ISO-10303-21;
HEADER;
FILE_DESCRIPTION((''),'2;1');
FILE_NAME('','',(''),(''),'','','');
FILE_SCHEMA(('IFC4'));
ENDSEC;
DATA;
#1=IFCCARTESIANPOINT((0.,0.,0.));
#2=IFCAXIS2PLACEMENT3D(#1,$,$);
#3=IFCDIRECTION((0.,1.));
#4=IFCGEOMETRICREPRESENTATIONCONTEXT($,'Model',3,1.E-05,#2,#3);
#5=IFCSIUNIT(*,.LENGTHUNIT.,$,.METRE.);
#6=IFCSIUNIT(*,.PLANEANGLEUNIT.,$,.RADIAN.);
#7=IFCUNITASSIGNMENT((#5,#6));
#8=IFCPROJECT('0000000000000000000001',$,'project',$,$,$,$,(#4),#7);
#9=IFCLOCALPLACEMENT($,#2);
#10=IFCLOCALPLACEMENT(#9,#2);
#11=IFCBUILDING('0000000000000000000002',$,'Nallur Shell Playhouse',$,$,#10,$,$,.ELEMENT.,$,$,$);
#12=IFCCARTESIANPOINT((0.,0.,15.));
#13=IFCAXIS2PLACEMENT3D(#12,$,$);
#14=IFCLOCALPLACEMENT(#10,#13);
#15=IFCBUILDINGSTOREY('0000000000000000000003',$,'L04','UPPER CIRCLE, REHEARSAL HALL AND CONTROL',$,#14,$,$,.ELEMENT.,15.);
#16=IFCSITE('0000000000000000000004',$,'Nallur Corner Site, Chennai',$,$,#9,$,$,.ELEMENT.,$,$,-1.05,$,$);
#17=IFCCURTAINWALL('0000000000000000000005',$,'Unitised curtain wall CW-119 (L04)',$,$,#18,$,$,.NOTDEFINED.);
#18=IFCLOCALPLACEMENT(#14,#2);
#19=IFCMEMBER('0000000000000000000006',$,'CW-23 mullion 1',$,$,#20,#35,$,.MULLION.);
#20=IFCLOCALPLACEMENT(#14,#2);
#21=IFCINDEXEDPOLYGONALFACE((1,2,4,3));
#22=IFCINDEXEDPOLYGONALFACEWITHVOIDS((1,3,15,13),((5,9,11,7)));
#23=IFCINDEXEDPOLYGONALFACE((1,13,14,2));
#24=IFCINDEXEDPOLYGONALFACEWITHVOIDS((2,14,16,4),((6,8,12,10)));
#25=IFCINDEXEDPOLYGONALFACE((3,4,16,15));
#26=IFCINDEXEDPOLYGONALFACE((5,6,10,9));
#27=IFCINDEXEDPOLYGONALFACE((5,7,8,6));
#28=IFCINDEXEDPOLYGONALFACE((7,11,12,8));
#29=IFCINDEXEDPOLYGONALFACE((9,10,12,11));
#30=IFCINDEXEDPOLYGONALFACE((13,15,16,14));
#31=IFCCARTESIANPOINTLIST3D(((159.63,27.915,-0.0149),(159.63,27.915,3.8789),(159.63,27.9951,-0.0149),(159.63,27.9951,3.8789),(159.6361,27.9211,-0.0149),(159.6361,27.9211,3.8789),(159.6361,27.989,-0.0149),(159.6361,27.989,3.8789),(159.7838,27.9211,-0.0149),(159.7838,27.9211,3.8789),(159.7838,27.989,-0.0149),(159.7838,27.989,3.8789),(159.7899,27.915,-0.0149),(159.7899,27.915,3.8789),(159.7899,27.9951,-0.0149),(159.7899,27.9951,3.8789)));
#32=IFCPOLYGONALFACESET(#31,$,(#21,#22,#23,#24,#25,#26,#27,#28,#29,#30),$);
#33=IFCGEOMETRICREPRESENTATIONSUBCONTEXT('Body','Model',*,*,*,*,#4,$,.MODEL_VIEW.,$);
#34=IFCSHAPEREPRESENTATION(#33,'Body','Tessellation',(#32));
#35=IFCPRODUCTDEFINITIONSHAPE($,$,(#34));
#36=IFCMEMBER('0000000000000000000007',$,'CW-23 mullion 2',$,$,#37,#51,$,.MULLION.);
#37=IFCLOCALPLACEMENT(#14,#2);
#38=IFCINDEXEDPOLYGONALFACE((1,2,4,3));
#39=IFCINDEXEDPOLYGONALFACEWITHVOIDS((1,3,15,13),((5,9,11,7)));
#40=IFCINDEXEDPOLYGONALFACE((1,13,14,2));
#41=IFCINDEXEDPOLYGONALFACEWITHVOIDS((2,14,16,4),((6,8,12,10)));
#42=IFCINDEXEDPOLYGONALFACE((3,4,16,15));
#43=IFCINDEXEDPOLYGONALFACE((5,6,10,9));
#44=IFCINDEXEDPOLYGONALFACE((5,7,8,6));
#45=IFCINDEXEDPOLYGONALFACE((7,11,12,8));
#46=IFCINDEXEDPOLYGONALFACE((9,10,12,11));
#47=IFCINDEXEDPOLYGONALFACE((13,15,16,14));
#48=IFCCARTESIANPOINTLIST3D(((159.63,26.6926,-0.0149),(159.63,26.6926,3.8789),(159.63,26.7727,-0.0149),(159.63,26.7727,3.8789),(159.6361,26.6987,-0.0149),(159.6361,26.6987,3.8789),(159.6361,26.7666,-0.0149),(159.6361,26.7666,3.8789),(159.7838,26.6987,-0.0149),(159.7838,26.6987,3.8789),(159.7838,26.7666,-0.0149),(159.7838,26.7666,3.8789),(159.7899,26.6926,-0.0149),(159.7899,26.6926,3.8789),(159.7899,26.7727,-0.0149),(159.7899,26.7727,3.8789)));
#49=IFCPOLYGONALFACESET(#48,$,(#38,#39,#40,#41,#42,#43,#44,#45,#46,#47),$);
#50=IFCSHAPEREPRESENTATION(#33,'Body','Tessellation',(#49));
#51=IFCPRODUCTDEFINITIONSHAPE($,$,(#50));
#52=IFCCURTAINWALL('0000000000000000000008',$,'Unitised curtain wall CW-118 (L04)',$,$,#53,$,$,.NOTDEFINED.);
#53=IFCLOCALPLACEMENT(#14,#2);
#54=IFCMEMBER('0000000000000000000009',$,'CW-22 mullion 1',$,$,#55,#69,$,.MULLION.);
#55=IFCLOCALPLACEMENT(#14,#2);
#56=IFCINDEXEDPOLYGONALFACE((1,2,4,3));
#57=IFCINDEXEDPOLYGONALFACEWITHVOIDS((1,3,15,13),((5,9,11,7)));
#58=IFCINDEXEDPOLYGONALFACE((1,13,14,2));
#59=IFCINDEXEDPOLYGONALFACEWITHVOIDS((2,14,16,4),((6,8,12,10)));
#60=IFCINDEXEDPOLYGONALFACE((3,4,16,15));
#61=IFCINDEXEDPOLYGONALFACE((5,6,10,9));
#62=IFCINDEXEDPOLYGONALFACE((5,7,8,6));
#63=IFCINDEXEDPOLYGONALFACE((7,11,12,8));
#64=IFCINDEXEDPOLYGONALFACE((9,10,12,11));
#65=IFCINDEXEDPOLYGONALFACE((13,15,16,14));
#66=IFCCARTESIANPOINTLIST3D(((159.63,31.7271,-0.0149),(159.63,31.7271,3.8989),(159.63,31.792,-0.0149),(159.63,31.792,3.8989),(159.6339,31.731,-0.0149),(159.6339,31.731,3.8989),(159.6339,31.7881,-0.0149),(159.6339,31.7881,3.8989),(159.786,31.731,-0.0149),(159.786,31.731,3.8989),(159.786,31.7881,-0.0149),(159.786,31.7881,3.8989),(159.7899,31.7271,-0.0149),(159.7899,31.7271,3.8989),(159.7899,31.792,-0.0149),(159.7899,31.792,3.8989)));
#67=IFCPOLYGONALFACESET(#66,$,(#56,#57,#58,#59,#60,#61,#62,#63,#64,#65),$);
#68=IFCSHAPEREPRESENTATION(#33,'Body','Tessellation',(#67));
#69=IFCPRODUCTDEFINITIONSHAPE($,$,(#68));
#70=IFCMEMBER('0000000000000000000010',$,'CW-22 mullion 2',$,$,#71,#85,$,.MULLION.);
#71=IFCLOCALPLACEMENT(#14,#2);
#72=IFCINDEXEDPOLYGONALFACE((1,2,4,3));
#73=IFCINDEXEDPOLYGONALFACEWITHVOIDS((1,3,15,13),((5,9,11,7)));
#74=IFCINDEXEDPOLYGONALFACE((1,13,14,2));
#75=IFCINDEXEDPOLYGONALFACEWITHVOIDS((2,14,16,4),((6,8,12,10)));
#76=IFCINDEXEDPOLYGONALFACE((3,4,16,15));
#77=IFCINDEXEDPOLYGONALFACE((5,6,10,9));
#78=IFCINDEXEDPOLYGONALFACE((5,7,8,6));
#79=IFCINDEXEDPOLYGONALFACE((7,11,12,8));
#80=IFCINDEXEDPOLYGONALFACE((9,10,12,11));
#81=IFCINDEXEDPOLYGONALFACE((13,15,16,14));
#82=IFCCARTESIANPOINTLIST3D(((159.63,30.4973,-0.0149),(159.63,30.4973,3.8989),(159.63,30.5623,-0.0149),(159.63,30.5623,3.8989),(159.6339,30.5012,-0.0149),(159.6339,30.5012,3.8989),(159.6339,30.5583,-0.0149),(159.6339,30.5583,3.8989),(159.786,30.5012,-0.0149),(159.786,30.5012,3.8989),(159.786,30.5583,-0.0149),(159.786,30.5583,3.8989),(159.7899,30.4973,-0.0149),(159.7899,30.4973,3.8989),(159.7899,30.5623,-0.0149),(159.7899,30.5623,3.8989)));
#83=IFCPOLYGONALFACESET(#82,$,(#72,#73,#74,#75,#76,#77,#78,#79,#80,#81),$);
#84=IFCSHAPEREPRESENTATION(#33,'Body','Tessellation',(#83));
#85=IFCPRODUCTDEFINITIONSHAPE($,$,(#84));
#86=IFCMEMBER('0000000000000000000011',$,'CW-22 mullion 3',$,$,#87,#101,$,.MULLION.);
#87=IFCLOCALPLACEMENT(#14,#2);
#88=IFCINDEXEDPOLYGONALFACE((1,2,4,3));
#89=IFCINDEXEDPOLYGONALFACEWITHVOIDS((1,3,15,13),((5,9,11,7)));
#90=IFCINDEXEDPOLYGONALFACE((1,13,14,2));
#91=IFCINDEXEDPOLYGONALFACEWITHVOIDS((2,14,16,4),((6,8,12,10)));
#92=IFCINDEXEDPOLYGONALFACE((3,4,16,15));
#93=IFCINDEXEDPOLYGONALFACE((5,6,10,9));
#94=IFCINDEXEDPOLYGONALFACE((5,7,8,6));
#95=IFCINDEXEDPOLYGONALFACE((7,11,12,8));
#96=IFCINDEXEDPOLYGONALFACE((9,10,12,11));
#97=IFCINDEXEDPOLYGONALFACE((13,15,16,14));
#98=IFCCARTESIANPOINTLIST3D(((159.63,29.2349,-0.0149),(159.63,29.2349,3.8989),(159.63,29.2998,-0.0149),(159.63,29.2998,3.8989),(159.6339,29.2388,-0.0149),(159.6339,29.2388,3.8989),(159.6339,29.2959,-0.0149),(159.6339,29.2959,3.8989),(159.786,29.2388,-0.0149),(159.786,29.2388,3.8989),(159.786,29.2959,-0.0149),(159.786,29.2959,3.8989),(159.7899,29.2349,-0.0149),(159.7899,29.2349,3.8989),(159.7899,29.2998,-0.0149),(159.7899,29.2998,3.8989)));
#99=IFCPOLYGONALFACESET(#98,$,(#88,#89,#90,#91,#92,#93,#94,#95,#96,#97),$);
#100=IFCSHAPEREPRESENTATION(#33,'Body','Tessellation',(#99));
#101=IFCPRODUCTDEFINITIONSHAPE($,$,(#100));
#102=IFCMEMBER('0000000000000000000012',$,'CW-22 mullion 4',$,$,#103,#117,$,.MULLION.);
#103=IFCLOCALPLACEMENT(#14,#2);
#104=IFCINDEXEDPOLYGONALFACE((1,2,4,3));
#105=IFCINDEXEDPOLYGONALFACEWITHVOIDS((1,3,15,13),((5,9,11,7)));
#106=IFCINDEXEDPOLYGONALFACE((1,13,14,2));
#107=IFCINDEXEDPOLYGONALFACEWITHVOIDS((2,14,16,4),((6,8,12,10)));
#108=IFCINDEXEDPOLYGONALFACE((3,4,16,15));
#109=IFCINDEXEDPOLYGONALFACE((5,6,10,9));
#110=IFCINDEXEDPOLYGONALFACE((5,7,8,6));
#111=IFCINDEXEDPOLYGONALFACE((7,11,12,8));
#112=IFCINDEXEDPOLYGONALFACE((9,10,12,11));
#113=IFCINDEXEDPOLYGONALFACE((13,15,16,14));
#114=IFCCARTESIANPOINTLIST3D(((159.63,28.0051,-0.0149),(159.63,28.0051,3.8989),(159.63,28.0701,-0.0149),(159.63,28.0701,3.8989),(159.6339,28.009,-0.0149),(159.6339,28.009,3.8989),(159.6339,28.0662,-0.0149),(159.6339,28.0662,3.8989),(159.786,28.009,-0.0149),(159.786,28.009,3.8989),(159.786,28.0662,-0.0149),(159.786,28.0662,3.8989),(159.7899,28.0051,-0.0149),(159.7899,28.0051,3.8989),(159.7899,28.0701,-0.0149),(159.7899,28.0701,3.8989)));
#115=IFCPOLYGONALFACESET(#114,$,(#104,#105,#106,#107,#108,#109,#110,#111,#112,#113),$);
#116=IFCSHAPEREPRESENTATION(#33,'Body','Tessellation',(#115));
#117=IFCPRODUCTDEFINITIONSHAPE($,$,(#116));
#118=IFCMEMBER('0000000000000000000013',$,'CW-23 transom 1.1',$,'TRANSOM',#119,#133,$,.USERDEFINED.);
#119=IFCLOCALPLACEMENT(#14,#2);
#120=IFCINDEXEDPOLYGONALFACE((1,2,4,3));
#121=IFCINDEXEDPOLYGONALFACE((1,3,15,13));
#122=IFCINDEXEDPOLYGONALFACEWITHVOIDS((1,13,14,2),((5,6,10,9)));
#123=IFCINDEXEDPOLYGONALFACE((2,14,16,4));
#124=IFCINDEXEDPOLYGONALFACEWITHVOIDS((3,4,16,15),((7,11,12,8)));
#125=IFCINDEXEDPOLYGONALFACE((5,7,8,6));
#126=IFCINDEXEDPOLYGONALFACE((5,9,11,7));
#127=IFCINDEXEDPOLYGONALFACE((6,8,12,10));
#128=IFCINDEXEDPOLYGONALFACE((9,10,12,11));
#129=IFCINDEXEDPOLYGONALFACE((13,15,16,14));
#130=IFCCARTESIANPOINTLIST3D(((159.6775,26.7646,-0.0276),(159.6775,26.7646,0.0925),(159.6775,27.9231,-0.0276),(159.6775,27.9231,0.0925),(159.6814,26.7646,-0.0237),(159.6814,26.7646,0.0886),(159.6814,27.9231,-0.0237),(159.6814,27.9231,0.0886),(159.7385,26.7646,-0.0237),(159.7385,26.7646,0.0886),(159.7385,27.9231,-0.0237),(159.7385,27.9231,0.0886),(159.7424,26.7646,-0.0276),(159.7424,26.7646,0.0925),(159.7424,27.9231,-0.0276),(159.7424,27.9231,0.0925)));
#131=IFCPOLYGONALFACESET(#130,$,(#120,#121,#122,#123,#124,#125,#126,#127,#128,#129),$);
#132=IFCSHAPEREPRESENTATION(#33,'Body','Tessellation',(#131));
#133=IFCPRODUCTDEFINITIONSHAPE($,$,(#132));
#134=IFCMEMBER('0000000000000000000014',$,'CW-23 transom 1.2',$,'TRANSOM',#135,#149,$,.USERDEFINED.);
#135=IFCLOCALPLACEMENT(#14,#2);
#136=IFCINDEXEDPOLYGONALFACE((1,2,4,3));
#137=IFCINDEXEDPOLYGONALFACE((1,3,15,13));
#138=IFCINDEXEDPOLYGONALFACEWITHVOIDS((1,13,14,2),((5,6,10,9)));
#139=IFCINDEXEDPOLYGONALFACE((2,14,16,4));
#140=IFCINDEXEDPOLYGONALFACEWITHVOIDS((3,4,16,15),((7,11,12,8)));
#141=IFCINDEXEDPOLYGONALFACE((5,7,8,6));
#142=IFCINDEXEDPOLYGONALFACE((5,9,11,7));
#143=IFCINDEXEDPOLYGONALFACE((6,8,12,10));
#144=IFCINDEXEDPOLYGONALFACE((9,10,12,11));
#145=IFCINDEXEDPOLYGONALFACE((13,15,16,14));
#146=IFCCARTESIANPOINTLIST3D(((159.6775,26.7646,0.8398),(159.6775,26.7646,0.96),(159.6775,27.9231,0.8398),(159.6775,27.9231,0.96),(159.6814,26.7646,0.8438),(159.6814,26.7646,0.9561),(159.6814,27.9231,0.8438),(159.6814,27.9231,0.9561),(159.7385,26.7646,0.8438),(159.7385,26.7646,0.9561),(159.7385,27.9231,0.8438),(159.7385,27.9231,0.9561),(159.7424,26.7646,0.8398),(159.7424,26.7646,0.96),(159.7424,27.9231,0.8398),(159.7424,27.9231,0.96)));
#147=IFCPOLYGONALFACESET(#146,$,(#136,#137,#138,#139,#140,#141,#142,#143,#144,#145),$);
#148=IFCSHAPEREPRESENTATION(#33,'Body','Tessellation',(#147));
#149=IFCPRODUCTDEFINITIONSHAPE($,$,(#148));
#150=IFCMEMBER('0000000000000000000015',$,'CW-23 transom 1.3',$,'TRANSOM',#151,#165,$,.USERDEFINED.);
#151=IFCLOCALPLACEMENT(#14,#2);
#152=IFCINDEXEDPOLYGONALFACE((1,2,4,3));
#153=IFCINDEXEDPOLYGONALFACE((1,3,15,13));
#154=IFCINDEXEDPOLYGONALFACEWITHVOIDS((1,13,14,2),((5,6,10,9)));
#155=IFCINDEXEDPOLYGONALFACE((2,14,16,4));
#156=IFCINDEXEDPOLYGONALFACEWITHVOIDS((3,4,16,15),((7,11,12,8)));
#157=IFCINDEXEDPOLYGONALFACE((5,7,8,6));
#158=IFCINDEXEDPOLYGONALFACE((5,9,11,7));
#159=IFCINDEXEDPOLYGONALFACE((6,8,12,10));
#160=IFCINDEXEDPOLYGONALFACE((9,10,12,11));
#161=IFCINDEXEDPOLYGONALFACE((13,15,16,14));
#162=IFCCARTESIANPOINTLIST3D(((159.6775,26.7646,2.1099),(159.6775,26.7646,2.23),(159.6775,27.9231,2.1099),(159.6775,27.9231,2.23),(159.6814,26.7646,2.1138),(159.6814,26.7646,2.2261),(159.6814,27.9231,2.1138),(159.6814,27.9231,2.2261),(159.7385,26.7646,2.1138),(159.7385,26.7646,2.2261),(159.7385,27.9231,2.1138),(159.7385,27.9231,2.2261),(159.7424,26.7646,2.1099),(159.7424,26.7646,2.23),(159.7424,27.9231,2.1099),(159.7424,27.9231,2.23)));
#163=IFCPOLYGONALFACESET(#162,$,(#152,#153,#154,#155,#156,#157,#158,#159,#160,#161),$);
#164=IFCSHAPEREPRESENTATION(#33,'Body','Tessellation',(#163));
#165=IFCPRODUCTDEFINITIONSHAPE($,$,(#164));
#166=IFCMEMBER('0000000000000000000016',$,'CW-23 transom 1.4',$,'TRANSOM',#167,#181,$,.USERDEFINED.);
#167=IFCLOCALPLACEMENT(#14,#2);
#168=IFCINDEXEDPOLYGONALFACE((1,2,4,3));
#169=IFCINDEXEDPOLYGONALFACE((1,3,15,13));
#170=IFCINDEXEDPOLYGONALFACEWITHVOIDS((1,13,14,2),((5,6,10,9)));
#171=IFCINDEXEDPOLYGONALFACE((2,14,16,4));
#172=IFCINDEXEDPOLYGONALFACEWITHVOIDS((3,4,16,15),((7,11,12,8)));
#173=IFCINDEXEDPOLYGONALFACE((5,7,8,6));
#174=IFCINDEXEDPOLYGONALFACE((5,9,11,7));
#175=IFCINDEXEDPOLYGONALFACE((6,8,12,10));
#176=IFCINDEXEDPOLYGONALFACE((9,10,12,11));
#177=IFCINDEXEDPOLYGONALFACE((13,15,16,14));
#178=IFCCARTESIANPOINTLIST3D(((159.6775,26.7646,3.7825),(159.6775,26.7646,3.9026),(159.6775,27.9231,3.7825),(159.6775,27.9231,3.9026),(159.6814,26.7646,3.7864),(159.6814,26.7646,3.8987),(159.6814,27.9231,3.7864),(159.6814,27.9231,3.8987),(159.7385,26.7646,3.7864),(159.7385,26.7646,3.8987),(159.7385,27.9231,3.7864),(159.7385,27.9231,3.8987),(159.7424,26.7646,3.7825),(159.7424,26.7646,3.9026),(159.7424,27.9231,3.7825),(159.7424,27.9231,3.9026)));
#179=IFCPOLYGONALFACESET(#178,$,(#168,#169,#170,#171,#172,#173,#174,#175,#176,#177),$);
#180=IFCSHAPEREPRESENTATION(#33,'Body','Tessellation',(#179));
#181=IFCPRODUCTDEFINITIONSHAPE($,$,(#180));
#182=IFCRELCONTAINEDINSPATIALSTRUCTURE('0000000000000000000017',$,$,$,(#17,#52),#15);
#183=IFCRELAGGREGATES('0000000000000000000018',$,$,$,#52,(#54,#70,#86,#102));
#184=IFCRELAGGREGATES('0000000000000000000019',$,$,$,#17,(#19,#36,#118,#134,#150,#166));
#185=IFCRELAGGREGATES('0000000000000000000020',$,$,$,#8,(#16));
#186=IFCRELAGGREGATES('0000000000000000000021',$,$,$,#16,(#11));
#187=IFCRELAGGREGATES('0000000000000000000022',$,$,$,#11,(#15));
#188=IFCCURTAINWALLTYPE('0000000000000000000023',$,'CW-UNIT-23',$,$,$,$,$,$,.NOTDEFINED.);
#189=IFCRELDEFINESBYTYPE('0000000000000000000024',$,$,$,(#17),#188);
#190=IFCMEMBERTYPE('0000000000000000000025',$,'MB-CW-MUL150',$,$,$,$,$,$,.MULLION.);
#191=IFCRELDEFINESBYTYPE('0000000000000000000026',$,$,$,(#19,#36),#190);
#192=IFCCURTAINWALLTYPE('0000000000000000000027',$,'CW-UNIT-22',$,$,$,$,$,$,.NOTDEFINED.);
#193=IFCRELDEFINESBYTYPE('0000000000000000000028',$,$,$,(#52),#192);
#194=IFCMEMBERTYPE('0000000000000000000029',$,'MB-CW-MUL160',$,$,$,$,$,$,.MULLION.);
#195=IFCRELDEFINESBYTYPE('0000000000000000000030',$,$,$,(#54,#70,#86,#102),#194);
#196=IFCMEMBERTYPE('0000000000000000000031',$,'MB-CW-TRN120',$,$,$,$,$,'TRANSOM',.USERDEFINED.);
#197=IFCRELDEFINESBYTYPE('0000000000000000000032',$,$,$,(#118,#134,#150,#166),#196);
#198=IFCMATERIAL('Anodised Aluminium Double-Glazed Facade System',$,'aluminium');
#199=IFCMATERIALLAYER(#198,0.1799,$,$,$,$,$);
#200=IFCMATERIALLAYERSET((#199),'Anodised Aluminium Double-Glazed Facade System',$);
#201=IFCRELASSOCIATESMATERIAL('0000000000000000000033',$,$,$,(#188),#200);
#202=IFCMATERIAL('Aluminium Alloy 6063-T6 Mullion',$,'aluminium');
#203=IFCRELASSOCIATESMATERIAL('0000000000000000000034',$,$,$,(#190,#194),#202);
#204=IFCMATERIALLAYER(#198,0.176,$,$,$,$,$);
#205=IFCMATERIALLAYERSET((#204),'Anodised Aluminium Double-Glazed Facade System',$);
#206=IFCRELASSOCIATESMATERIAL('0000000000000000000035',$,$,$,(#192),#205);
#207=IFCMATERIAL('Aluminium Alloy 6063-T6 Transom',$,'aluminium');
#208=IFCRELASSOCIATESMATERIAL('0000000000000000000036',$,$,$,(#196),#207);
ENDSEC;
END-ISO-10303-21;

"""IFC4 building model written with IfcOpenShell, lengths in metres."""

from ifc_helpers import new_model, si_unit, direction, frame, origin, origin_2d, place, context, subcontext, project, spatial, hollow_rectangle, extrude, material, layer, layer_set, material_profile, profile_set, type_object, element, aggregate, save


model = new_model("IFC4")

# Units and contexts
model_context = context("Model", 3, precision=1e-05, world=origin(), true_north=direction((0.0, 1.0)))
body_context = subcontext(model_context, "Body", "Model", "MODEL_VIEW")
ifc_project = project(units=[si_unit("LENGTHUNIT", "METRE"), si_unit("PLANEANGLEUNIT", "RADIAN")], contexts=[model_context])

# Site, building, storey
site_placement = place(None, origin())
site = spatial("IfcSite", under=ifc_project, at=site_placement, Name="Nallur Corner Site, Chennai", CompositionType="ELEMENT", RefElevation=-1.05)
building_placement = place(site_placement, origin())
building = spatial("IfcBuilding", under=site, at=building_placement, Name="Nallur Shell Playhouse", CompositionType="ELEMENT")
storey_placement = place(building_placement, frame((0.0, 0.0, 15.0)))
storey = spatial("IfcBuildingStorey", under=building, at=storey_placement, Name="L04", Description="UPPER CIRCLE, REHEARSAL HALL AND CONTROL", CompositionType="ELEMENT", Elevation=15.0)

# Curtain walls, members
ifc_material_1 = material(Name="Anodised Aluminium Double-Glazed Facade System", Category="aluminium")
ifc_layer_1 = layer(ifc_material_1, 0.1799)
ifc_layer_set_1 = layer_set([ifc_layer_1], Name="Anodised Aluminium Double-Glazed Facade System")
curtain_wall_type_1 = type_object("IfcCurtainWallType", Name="CW-UNIT-23", PredefinedType="NOTDEFINED", material=ifc_layer_set_1)
curtain_wall_1_placement = place(storey_placement, origin())
curtain_wall_1 = element("IfcCurtainWall", 1, at=curtain_wall_1_placement, inside=storey, type_object=curtain_wall_type_1, Name="Unitised curtain wall CW-119 (L04)", PredefinedType="NOTDEFINED")
ifc_material_2 = material(Name="Aluminium Alloy 6063-T6 Mullion", Category="aluminium")
ifc_material_profile_1 = material_profile(ifc_material_2, hollow_rectangle(XDim=0.0801, YDim=0.1599, WallThickness=0.0061, at=origin_2d()), Name="RHS 160x80x6")
ifc_profile_set_1 = profile_set([ifc_material_profile_1], Name="Aluminium Alloy 6063-T6 Mullion")
member_type_1 = type_object("IfcMemberType", Name="MB-CW-MUL150", PredefinedType="MULLION", material=ifc_profile_set_1)
member_1_placement = place(storey_placement, frame((159.71, 27.9551, -0.0149), z_axis=(0.0, 0.0, 1.0), x_axis=(0.0, -1.0, 0.0)))
member_1 = element("IfcMember", 2, at=member_1_placement, type_object=member_type_1, Name="CW-23 mullion 1", PredefinedType="MULLION", context=body_context, shape_type="SweptSolid", body=[
    extrude(hollow_rectangle(XDim=0.0801, YDim=0.1599, WallThickness=0.0061, at=origin_2d()), origin(), (0.0, 0.0, 1.0), 3.8938),
])
member_2_placement = place(storey_placement, frame((159.71, 26.7327, -0.0149), z_axis=(0.0, 0.0, 1.0), x_axis=(0.0, -1.0, 0.0)))
member_2 = element("IfcMember", 3, at=member_2_placement, type_object=member_type_1, Name="CW-23 mullion 2", PredefinedType="MULLION", context=body_context, shape_type="SweptSolid", body=[
    extrude(hollow_rectangle(XDim=0.0801, YDim=0.1599, WallThickness=0.0061, at=origin_2d()), origin(), (0.0, 0.0, 1.0), 3.8938),
])
ifc_layer_2 = layer(ifc_material_1, 0.176)
ifc_layer_set_2 = layer_set([ifc_layer_2], Name="Anodised Aluminium Double-Glazed Facade System")
curtain_wall_type_2 = type_object("IfcCurtainWallType", Name="CW-UNIT-22", PredefinedType="NOTDEFINED", material=ifc_layer_set_2)
curtain_wall_2_placement = place(storey_placement, origin())
curtain_wall_2 = element("IfcCurtainWall", 4, at=curtain_wall_2_placement, inside=storey, type_object=curtain_wall_type_2, Name="Unitised curtain wall CW-118 (L04)", PredefinedType="NOTDEFINED")
ifc_material_profile_2 = material_profile(ifc_material_2, hollow_rectangle(XDim=0.0649, YDim=0.1599, WallThickness=0.0039, at=origin_2d()), Name="ALU 65x160x4")
ifc_profile_set_2 = profile_set([ifc_material_profile_2], Name="Aluminium Alloy 6063-T6 Mullion")
member_type_2 = type_object("IfcMemberType", Name="MB-CW-MUL160", PredefinedType="MULLION", material=ifc_profile_set_2)
member_3_placement = place(storey_placement, frame((159.71, 31.7595, -0.0149), z_axis=(0.0, 0.0, 1.0), x_axis=(0.0, -1.0, 0.0)))
member_3 = element("IfcMember", 5, at=member_3_placement, type_object=member_type_2, Name="CW-22 mullion 1", PredefinedType="MULLION", context=body_context, shape_type="SweptSolid", body=[
    extrude(hollow_rectangle(XDim=0.0649, YDim=0.1599, WallThickness=0.0039, at=origin_2d()), origin(), (0.0, 0.0, 1.0), 3.9138),
])
member_4_placement = place(storey_placement, frame((159.71, 30.5298, -0.0149), z_axis=(0.0, 0.0, 1.0), x_axis=(0.0, -1.0, 0.0)))
member_4 = element("IfcMember", 6, at=member_4_placement, type_object=member_type_2, Name="CW-22 mullion 2", PredefinedType="MULLION", context=body_context, shape_type="SweptSolid", body=[
    extrude(hollow_rectangle(XDim=0.0649, YDim=0.1599, WallThickness=0.0039, at=origin_2d()), origin(), (0.0, 0.0, 1.0), 3.9138),
])
member_5_placement = place(storey_placement, frame((159.71, 29.2673, -0.0149), z_axis=(0.0, 0.0, 1.0), x_axis=(0.0, -1.0, 0.0)))
member_5 = element("IfcMember", 7, at=member_5_placement, type_object=member_type_2, Name="CW-22 mullion 3", PredefinedType="MULLION", context=body_context, shape_type="SweptSolid", body=[
    extrude(hollow_rectangle(XDim=0.0649, YDim=0.1599, WallThickness=0.0039, at=origin_2d()), origin(), (0.0, 0.0, 1.0), 3.9138),
])
member_6_placement = place(storey_placement, frame((159.71, 28.0376, -0.0149), z_axis=(0.0, 0.0, 1.0), x_axis=(0.0, -1.0, 0.0)))
member_6 = element("IfcMember", 8, at=member_6_placement, type_object=member_type_2, Name="CW-22 mullion 4", PredefinedType="MULLION", context=body_context, shape_type="SweptSolid", body=[
    extrude(hollow_rectangle(XDim=0.0649, YDim=0.1599, WallThickness=0.0039, at=origin_2d()), origin(), (0.0, 0.0, 1.0), 3.9138),
])

# Members
ifc_material_3 = material(Name="Aluminium Alloy 6063-T6 Transom", Category="aluminium")
ifc_material_profile_3 = material_profile(ifc_material_3, hollow_rectangle(XDim=0.0649, YDim=0.1201, WallThickness=0.0039, at=origin_2d()), Name="ALU 65x120x4")
ifc_profile_set_3 = profile_set([ifc_material_profile_3], Name="Aluminium Alloy 6063-T6 Transom")
member_type_3 = type_object("IfcMemberType", Name="MB-CW-TRN120", ElementType="TRANSOM", PredefinedType="USERDEFINED", material=ifc_profile_set_3)
member_7_placement = place(storey_placement, frame((159.71, 27.9231, 0.0325), z_axis=(0.0, -1.0, 0.0), x_axis=(1.0, 0.0, 0.0)))
member_7 = element("IfcMember", 9, at=member_7_placement, type_object=member_type_3, Name="CW-23 transom 1.1", ObjectType="TRANSOM", PredefinedType="USERDEFINED", context=body_context, shape_type="SweptSolid", body=[
    extrude(hollow_rectangle(XDim=0.0649, YDim=0.1201, WallThickness=0.0039, at=origin_2d()), origin(), (0.0, 0.0, 1.0), 1.1584),
])
member_8_placement = place(storey_placement, frame((159.71, 27.9231, 0.8999), z_axis=(0.0, -1.0, 0.0), x_axis=(1.0, 0.0, 0.0)))
member_8 = element("IfcMember", 10, at=member_8_placement, type_object=member_type_3, Name="CW-23 transom 1.2", ObjectType="TRANSOM", PredefinedType="USERDEFINED", context=body_context, shape_type="SweptSolid", body=[
    extrude(hollow_rectangle(XDim=0.0649, YDim=0.1201, WallThickness=0.0039, at=origin_2d()), origin(), (0.0, 0.0, 1.0), 1.1584),
])
member_9_placement = place(storey_placement, frame((159.71, 27.9231, 2.1699), z_axis=(0.0, -1.0, 0.0), x_axis=(1.0, 0.0, 0.0)))
member_9 = element("IfcMember", 11, at=member_9_placement, type_object=member_type_3, Name="CW-23 transom 1.3", ObjectType="TRANSOM", PredefinedType="USERDEFINED", context=body_context, shape_type="SweptSolid", body=[
    extrude(hollow_rectangle(XDim=0.0649, YDim=0.1201, WallThickness=0.0039, at=origin_2d()), origin(), (0.0, 0.0, 1.0), 1.1584),
])
member_10_placement = place(storey_placement, frame((159.71, 27.9231, 3.8425), z_axis=(0.0, -1.0, 0.0), x_axis=(1.0, 0.0, 0.0)))
member_10 = element("IfcMember", 12, at=member_10_placement, type_object=member_type_3, Name="CW-23 transom 1.4", ObjectType="TRANSOM", PredefinedType="USERDEFINED", context=body_context, shape_type="SweptSolid", body=[
    extrude(hollow_rectangle(XDim=0.0649, YDim=0.1201, WallThickness=0.0039, at=origin_2d()), origin(), (0.0, 0.0, 1.0), 1.1584),
])

aggregate(curtain_wall_2, [member_3, member_4, member_5, member_6])
aggregate(curtain_wall_1, [member_1, member_2, member_7, member_8, member_9, member_10])

save(model, "model.ifc")
